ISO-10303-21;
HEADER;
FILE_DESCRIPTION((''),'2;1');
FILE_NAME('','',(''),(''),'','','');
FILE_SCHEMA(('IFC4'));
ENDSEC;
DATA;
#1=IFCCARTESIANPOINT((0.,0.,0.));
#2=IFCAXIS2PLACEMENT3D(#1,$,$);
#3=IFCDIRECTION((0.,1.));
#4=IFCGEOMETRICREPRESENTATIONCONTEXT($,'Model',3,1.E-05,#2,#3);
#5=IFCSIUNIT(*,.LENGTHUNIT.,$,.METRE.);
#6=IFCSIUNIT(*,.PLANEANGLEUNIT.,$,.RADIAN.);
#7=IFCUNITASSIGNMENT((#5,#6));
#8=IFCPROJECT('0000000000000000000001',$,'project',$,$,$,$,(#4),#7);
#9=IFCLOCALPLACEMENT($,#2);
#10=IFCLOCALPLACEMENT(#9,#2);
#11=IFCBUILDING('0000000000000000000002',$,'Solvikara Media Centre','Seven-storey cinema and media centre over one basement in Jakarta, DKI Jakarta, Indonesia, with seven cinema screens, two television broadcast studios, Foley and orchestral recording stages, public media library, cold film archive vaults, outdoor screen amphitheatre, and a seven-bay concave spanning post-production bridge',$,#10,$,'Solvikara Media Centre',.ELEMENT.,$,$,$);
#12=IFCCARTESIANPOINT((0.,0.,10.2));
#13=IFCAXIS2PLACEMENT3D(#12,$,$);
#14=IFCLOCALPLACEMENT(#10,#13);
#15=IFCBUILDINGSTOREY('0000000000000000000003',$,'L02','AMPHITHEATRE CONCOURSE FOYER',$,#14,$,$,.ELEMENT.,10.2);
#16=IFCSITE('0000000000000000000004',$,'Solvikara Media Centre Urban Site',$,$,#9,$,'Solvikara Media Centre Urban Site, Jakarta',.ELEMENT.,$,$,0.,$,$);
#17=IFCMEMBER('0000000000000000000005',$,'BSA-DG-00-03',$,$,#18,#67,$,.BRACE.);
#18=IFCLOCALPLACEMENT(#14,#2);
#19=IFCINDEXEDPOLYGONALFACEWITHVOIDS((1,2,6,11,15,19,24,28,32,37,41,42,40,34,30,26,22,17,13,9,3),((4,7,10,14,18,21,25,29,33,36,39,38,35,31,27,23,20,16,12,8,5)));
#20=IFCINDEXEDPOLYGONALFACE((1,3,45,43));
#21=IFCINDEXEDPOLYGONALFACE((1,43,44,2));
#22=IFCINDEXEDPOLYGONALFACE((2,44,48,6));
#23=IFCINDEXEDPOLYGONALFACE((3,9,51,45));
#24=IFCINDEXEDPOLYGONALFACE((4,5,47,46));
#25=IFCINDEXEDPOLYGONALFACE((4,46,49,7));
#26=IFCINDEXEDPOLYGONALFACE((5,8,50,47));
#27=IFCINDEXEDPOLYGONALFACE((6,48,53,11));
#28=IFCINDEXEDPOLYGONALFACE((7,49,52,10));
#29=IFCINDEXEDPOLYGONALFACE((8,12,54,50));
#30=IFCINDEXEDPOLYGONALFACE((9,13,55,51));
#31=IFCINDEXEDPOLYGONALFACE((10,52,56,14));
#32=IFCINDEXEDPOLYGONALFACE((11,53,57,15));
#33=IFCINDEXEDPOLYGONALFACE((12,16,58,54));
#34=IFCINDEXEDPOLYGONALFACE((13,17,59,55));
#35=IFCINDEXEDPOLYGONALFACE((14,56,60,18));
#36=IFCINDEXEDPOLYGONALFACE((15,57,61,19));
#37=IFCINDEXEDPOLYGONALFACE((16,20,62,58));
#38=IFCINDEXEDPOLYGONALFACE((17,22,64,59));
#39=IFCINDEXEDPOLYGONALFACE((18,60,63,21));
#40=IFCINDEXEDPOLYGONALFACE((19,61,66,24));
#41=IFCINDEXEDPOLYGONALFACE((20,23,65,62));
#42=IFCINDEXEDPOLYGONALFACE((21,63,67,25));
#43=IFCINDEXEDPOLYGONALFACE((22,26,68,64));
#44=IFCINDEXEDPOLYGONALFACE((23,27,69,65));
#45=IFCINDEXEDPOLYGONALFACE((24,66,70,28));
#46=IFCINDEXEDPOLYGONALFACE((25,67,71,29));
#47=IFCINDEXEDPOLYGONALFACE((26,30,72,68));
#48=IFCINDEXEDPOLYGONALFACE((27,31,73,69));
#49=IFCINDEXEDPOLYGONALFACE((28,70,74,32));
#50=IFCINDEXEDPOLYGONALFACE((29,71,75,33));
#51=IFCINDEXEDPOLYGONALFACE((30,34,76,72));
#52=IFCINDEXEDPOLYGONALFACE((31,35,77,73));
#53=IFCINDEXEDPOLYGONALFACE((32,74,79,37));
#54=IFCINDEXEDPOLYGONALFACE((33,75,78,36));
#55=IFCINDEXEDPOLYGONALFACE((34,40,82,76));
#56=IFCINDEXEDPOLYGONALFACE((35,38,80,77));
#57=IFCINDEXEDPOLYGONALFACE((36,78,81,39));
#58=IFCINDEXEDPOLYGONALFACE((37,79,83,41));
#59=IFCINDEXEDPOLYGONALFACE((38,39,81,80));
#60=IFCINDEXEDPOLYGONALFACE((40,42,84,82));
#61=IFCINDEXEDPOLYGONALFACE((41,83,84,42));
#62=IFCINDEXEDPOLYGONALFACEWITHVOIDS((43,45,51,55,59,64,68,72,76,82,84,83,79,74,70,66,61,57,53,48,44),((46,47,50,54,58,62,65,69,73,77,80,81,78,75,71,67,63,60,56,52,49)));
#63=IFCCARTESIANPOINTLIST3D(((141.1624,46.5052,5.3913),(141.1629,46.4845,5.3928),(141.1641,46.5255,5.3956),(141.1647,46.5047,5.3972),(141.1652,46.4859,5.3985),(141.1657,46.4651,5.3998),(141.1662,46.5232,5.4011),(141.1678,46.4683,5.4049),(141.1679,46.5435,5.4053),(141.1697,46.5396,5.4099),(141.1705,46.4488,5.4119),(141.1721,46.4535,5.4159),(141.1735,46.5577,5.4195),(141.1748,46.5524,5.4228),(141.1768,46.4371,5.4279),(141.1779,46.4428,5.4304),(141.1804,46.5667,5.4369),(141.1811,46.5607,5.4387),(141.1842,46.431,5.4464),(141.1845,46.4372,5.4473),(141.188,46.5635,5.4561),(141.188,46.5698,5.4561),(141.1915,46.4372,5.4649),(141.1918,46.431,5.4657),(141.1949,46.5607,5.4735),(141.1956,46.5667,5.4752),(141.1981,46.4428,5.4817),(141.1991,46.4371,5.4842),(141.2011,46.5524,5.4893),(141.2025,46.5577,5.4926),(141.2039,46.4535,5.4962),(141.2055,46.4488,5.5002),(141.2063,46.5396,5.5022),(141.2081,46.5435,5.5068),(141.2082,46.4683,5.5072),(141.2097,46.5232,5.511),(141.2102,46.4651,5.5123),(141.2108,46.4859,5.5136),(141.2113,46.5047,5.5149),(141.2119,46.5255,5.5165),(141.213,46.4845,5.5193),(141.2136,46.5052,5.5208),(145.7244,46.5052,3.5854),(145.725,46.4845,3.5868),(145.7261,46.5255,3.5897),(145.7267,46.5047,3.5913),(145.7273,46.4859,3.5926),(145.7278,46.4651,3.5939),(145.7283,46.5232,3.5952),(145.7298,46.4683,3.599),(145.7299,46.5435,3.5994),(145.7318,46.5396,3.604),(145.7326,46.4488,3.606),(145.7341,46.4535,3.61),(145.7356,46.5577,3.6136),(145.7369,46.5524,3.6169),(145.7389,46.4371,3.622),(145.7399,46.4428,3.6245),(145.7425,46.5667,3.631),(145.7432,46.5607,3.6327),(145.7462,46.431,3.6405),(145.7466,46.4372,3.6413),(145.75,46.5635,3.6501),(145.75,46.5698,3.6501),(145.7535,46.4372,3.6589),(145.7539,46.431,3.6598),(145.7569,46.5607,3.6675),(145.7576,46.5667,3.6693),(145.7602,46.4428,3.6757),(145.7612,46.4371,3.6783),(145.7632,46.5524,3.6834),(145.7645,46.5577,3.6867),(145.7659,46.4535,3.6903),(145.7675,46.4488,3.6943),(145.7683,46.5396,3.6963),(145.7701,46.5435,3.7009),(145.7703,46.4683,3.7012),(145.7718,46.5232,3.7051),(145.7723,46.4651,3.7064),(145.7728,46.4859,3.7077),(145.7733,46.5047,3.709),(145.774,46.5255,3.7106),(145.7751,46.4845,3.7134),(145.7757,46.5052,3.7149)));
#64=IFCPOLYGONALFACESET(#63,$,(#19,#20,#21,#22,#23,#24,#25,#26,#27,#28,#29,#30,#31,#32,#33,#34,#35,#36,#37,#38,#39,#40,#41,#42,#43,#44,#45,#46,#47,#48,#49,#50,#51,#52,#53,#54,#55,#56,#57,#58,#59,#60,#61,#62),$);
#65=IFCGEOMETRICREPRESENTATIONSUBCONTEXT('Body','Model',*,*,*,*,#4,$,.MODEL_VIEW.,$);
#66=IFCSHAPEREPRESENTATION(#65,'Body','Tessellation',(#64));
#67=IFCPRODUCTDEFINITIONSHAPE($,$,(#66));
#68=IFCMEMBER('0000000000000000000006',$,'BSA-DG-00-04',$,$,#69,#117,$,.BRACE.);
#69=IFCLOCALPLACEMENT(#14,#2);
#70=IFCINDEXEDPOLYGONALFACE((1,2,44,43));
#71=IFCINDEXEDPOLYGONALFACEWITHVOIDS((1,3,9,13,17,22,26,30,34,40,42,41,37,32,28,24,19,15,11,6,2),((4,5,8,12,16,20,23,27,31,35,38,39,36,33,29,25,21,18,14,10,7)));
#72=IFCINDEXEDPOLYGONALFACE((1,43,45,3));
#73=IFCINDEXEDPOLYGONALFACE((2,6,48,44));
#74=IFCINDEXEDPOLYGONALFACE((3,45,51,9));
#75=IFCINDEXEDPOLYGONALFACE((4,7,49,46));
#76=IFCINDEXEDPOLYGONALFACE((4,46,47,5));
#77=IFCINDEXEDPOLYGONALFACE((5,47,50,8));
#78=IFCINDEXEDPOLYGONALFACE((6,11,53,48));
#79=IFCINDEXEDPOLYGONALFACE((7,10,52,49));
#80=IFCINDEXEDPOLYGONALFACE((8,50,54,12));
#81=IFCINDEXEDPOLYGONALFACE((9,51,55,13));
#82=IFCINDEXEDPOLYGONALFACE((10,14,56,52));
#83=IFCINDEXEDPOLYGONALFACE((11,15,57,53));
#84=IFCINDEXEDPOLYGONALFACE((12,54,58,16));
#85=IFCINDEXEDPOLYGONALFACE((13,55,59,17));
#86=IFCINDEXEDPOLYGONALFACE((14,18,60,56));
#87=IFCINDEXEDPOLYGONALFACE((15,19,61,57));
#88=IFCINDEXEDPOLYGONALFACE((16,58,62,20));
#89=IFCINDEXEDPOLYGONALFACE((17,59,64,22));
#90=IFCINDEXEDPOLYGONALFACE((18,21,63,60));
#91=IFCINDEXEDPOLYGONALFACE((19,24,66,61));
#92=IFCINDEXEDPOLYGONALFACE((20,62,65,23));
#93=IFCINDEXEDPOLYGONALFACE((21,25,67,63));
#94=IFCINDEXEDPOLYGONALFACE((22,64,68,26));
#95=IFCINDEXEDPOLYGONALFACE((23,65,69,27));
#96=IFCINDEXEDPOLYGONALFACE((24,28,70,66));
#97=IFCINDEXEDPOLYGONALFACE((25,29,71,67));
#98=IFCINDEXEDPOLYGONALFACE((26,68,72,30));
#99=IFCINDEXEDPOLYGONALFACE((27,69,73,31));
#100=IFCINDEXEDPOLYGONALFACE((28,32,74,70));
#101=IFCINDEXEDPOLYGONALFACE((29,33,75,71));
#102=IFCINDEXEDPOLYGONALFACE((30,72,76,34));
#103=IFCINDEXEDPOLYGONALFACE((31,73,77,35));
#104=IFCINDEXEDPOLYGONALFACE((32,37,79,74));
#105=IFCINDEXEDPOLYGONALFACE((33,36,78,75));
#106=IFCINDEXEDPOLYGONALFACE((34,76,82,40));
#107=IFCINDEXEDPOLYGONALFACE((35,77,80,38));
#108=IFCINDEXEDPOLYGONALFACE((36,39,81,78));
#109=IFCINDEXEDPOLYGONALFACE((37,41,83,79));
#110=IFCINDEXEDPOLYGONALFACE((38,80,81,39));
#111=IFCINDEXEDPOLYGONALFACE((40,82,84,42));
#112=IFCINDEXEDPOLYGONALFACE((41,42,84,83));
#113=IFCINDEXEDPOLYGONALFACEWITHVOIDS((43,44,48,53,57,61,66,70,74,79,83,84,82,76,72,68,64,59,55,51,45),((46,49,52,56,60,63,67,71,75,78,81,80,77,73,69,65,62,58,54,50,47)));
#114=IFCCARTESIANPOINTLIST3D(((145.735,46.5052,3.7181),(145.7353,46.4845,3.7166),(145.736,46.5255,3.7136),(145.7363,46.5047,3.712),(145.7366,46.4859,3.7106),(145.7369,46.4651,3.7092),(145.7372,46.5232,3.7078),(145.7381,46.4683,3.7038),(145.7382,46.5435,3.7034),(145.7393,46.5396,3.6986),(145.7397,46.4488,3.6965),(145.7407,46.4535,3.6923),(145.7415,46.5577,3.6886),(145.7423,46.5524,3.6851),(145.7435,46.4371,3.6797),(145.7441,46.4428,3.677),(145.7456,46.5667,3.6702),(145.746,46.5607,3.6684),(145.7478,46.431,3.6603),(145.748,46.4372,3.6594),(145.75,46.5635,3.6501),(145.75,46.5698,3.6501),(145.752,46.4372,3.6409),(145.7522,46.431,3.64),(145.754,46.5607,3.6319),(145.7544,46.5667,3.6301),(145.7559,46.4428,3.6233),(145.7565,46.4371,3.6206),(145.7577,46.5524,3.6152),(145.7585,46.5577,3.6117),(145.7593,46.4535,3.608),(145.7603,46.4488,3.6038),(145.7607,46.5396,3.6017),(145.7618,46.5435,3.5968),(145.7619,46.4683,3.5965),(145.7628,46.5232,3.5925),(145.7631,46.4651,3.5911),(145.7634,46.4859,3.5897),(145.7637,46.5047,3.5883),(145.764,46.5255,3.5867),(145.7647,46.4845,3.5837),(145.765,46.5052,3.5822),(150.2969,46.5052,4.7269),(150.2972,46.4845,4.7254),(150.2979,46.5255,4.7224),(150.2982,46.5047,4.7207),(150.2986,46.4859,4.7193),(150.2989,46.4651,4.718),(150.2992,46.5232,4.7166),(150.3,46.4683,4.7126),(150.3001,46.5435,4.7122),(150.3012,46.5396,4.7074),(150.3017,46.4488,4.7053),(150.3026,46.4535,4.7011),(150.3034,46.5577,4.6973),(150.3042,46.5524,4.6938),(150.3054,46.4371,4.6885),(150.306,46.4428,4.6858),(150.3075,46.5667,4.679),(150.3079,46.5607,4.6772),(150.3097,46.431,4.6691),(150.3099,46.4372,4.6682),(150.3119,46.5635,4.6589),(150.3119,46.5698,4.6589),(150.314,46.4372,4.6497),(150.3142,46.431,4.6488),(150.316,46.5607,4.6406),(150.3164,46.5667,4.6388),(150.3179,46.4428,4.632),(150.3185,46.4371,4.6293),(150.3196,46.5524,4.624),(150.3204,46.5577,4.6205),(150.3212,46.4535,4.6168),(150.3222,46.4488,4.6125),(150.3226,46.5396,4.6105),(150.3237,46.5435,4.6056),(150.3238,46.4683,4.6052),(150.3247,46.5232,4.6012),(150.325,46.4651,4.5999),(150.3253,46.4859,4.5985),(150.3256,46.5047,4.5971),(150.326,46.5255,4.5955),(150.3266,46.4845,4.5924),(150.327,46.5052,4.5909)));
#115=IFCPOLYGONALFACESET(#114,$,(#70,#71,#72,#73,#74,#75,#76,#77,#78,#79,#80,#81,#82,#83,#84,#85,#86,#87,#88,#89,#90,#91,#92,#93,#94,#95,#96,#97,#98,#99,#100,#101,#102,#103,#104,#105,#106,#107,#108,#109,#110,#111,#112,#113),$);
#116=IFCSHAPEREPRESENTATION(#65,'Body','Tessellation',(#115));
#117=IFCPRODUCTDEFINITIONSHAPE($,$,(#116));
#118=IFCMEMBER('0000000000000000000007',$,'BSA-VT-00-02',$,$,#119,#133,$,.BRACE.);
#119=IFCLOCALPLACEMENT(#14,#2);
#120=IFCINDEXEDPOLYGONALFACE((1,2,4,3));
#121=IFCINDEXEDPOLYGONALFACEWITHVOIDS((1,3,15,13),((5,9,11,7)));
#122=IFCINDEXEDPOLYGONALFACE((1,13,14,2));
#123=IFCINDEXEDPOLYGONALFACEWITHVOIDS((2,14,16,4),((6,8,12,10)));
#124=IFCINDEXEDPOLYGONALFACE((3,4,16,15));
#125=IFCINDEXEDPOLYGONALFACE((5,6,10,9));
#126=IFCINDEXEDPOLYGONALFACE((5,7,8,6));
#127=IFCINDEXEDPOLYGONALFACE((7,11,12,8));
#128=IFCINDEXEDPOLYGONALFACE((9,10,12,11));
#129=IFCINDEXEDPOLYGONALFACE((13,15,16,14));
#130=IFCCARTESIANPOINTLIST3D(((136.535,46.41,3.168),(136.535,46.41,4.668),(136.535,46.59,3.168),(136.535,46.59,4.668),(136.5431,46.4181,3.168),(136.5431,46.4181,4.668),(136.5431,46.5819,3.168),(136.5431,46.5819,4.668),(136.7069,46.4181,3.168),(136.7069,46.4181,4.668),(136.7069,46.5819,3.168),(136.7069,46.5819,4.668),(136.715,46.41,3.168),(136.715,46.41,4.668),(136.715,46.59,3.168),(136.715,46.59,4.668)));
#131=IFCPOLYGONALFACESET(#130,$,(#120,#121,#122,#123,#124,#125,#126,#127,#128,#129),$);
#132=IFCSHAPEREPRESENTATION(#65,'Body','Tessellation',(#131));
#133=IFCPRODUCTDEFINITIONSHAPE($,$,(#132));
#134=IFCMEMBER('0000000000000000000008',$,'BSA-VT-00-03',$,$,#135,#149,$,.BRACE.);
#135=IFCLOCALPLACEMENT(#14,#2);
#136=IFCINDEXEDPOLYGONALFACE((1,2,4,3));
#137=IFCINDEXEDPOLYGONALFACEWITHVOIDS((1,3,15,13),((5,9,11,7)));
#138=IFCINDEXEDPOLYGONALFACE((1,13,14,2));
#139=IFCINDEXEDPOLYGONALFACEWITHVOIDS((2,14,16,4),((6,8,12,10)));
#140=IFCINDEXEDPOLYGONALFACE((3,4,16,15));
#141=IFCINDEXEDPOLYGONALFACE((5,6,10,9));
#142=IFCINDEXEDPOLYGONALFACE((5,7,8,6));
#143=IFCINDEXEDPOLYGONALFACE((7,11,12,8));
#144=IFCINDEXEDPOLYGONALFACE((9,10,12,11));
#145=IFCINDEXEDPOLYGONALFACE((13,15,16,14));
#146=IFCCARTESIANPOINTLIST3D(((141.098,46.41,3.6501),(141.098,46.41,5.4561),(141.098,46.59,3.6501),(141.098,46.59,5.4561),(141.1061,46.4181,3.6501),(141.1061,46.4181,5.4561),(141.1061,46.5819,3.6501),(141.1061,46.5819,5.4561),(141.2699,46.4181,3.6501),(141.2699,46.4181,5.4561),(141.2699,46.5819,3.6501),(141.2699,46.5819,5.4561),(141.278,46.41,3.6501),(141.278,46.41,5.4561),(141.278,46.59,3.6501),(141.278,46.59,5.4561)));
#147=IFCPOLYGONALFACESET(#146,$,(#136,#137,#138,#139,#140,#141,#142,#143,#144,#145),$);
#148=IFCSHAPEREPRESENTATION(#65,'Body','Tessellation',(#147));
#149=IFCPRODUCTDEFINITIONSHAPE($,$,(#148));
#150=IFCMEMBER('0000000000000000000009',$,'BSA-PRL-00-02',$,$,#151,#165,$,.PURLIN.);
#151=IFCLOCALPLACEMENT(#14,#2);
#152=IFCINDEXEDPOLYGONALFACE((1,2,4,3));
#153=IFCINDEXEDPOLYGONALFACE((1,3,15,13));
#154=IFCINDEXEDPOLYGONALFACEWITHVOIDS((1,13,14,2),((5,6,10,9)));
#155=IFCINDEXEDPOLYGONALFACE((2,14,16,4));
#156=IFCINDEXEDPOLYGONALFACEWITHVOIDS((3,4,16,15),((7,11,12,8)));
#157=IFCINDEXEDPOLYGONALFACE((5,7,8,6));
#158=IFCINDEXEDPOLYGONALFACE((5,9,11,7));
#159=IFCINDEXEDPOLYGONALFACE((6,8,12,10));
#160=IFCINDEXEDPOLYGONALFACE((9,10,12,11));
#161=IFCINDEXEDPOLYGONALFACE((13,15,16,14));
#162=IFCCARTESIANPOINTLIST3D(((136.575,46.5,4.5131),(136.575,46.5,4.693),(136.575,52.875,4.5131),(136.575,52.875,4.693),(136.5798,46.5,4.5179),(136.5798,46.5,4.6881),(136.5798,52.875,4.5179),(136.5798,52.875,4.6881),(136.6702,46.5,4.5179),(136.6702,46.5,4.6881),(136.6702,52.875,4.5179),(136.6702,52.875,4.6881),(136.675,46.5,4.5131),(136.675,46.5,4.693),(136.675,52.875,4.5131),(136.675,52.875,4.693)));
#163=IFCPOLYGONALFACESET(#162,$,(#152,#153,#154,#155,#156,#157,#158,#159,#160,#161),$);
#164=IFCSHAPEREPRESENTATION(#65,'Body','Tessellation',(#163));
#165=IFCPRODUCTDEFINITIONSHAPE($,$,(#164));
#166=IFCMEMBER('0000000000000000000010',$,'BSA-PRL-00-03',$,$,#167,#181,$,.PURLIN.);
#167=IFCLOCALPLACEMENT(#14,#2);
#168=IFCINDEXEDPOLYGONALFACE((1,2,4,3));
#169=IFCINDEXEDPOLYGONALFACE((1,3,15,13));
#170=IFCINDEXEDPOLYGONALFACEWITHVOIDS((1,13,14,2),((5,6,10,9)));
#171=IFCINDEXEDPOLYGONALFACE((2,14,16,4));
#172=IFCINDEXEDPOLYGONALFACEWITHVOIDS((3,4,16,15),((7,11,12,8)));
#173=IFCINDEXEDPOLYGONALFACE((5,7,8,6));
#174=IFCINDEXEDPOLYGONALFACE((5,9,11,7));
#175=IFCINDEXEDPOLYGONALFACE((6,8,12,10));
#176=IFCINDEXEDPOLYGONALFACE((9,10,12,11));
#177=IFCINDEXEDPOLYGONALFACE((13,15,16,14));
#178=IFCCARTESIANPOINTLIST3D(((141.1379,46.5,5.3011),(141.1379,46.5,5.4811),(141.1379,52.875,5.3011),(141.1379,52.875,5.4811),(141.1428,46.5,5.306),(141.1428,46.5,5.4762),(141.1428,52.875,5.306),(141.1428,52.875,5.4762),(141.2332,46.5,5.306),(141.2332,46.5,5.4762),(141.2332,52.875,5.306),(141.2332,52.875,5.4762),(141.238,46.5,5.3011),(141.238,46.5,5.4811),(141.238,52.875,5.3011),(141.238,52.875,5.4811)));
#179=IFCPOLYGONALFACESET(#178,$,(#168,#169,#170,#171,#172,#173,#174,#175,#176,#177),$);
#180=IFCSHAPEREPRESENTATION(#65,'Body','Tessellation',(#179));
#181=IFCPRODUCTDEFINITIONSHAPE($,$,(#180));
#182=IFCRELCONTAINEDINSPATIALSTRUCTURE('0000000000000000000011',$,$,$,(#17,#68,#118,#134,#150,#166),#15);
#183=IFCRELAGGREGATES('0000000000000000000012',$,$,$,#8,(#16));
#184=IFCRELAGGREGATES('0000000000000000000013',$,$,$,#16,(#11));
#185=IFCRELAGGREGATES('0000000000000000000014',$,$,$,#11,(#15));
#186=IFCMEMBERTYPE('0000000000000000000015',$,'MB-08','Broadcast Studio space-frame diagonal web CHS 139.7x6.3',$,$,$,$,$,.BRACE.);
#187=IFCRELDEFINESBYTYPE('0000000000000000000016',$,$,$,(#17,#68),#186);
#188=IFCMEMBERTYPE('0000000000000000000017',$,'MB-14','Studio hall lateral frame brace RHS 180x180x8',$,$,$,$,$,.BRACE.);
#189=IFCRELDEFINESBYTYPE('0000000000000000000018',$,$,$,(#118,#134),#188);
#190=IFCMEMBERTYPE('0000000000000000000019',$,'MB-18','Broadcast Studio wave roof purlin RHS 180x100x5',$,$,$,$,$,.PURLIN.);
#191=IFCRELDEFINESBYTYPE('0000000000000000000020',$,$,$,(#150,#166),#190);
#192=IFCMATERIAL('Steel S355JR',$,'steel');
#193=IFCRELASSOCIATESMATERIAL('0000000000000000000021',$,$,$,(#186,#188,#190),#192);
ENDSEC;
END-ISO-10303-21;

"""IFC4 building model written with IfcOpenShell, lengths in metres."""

from ifc_helpers import new_model, si_unit, direction, frame, origin, origin_2d, place, context, subcontext, project, spatial, hollow_rectangle, hollow_circle, extrude, material, material_profile, profile_set, type_object, element, save


model = new_model("IFC4")

# Units and contexts
model_context = context("Model", 3, precision=1e-05, world=origin(), true_north=direction((0.0, 1.0)))
body_context = subcontext(model_context, "Body", "Model", "MODEL_VIEW")
ifc_project = project(units=[si_unit("LENGTHUNIT", "METRE"), si_unit("PLANEANGLEUNIT", "RADIAN")], contexts=[model_context])

# Site, building, storey
site_placement = place(None, origin())
site = spatial("IfcSite", under=ifc_project, at=site_placement, Name="Solvikara Media Centre Urban Site", LongName="Solvikara Media Centre Urban Site, Jakarta", CompositionType="ELEMENT", RefElevation=0.0)
building_placement = place(site_placement, origin())
building = spatial("IfcBuilding", under=site, at=building_placement, Name="Solvikara Media Centre", Description="Seven-storey cinema and media centre over one basement in Jakarta, DKI Jakarta, Indonesia, with seven cinema screens, two television broadcast studios, Foley and orchestral recording stages, public media library, cold film archive vaults, outdoor screen amphitheatre, and a seven-bay concave spanning post-production bridge", LongName="Solvikara Media Centre", CompositionType="ELEMENT")
storey_placement = place(building_placement, frame((0.0, 0.0, 10.2)))
storey = spatial("IfcBuildingStorey", under=building, at=storey_placement, Name="L02", Description="AMPHITHEATRE CONCOURSE FOYER", CompositionType="ELEMENT", Elevation=10.2)

# Shared definitions
ifc_material_1 = material(Name="Steel S355JR", Category="steel")

# Members
ifc_material_profile_1 = material_profile(ifc_material_1, hollow_circle(Radius=0.0698, WallThickness=0.0063, at=origin_2d()), Name="CHS 139.7x6.3")
ifc_profile_set_1 = profile_set([ifc_material_profile_1], Name="Steel S355JR")
member_type_1 = type_object("IfcMemberType", Name="MB-08", Description="Broadcast Studio space-frame diagonal web CHS 139.7x6.3", PredefinedType="BRACE", material=ifc_profile_set_1)
member_1_placement = place(storey_placement, frame((141.188, 46.5, 5.4561), z_axis=(0.929799, 0.0, -0.368068), x_axis=(0.0, 1.0, 0.0)))
element("IfcMember", 1, at=member_1_placement, inside=storey, type_object=member_type_1, Name="BSA-DG-00-03", PredefinedType="BRACE", context=body_context, shape_type="SweptSolid", body=[
    extrude(hollow_circle(Radius=0.0698, WallThickness=0.0063, at=origin_2d()), origin(), (0.0, 0.0, 1.0), 4.9065),
])
member_2_placement = place(storey_placement, frame((145.75, 46.5, 3.6501), z_axis=(0.976413, 0.0, 0.215912), x_axis=(0.0, 1.0, 0.0)))
element("IfcMember", 2, at=member_2_placement, inside=storey, type_object=member_type_1, Name="BSA-DG-00-04", PredefinedType="BRACE", context=body_context, shape_type="SweptSolid", body=[
    extrude(hollow_circle(Radius=0.0698, WallThickness=0.0063, at=origin_2d()), origin(), (0.0, 0.0, 1.0), 4.6721),
])
ifc_material_profile_2 = material_profile(ifc_material_1, hollow_rectangle(XDim=0.1799, YDim=0.1799, WallThickness=0.0081, at=origin_2d()), Name="RHS 180x180x8")
ifc_profile_set_2 = profile_set([ifc_material_profile_2], Name="Steel S355JR")
member_type_2 = type_object("IfcMemberType", Name="MB-14", Description="Studio hall lateral frame brace RHS 180x180x8", PredefinedType="BRACE", material=ifc_profile_set_2)
member_3_placement = place(storey_placement, frame((136.625, 46.5, 3.168), z_axis=(0.0, 0.0, 1.0), x_axis=(1.0, 0.0, 0.0)))
element("IfcMember", 3, at=member_3_placement, inside=storey, type_object=member_type_2, Name="BSA-VT-00-02", PredefinedType="BRACE", context=body_context, shape_type="SweptSolid", body=[
    extrude(hollow_rectangle(XDim=0.1799, YDim=0.1799, WallThickness=0.0081, at=origin_2d()), origin(), (0.0, 0.0, 1.0), 1.5),
])
member_4_placement = place(storey_placement, frame((141.188, 46.5, 3.6501), z_axis=(0.0, 0.0, 1.0), x_axis=(1.0, 0.0, 0.0)))
element("IfcMember", 4, at=member_4_placement, inside=storey, type_object=member_type_2, Name="BSA-VT-00-03", PredefinedType="BRACE", context=body_context, shape_type="SweptSolid", body=[
    extrude(hollow_rectangle(XDim=0.1799, YDim=0.1799, WallThickness=0.0081, at=origin_2d()), origin(), (0.0, 0.0, 1.0), 1.8059),
])
ifc_material_profile_3 = material_profile(ifc_material_1, hollow_rectangle(XDim=0.1001, YDim=0.1799, WallThickness=0.0049, at=origin_2d()), Name="RHS 180x100x5")
ifc_profile_set_3 = profile_set([ifc_material_profile_3], Name="Steel S355JR")
member_type_3 = type_object("IfcMemberType", Name="MB-18", Description="Broadcast Studio wave roof purlin RHS 180x100x5", PredefinedType="PURLIN", material=ifc_profile_set_3)
for number, where, z_axis, x_axis, name in (
    (5, (136.625, 46.5, 4.603), (0.0, 1.0, 0.0), (-1.0, 0.0, 0.0), "BSA-PRL-00-02"),
    (6, (141.188, 46.5, 5.3911), (0.0, 1.0, 0.0), (-1.0, 0.0, 0.0), "BSA-PRL-00-03"),
):
    element("IfcMember", number, at=place(storey_placement, frame(where, z_axis=z_axis, x_axis=x_axis)), inside=storey, type_object=member_type_3, Name=name, PredefinedType="PURLIN", context=body_context, shape_type="SweptSolid", body=[
        extrude(hollow_rectangle(XDim=0.1001, YDim=0.1799, WallThickness=0.0049, at=origin_2d()), origin(), (0.0, 0.0, 1.0), 6.375),
    ])

save(model, "model.ifc")
